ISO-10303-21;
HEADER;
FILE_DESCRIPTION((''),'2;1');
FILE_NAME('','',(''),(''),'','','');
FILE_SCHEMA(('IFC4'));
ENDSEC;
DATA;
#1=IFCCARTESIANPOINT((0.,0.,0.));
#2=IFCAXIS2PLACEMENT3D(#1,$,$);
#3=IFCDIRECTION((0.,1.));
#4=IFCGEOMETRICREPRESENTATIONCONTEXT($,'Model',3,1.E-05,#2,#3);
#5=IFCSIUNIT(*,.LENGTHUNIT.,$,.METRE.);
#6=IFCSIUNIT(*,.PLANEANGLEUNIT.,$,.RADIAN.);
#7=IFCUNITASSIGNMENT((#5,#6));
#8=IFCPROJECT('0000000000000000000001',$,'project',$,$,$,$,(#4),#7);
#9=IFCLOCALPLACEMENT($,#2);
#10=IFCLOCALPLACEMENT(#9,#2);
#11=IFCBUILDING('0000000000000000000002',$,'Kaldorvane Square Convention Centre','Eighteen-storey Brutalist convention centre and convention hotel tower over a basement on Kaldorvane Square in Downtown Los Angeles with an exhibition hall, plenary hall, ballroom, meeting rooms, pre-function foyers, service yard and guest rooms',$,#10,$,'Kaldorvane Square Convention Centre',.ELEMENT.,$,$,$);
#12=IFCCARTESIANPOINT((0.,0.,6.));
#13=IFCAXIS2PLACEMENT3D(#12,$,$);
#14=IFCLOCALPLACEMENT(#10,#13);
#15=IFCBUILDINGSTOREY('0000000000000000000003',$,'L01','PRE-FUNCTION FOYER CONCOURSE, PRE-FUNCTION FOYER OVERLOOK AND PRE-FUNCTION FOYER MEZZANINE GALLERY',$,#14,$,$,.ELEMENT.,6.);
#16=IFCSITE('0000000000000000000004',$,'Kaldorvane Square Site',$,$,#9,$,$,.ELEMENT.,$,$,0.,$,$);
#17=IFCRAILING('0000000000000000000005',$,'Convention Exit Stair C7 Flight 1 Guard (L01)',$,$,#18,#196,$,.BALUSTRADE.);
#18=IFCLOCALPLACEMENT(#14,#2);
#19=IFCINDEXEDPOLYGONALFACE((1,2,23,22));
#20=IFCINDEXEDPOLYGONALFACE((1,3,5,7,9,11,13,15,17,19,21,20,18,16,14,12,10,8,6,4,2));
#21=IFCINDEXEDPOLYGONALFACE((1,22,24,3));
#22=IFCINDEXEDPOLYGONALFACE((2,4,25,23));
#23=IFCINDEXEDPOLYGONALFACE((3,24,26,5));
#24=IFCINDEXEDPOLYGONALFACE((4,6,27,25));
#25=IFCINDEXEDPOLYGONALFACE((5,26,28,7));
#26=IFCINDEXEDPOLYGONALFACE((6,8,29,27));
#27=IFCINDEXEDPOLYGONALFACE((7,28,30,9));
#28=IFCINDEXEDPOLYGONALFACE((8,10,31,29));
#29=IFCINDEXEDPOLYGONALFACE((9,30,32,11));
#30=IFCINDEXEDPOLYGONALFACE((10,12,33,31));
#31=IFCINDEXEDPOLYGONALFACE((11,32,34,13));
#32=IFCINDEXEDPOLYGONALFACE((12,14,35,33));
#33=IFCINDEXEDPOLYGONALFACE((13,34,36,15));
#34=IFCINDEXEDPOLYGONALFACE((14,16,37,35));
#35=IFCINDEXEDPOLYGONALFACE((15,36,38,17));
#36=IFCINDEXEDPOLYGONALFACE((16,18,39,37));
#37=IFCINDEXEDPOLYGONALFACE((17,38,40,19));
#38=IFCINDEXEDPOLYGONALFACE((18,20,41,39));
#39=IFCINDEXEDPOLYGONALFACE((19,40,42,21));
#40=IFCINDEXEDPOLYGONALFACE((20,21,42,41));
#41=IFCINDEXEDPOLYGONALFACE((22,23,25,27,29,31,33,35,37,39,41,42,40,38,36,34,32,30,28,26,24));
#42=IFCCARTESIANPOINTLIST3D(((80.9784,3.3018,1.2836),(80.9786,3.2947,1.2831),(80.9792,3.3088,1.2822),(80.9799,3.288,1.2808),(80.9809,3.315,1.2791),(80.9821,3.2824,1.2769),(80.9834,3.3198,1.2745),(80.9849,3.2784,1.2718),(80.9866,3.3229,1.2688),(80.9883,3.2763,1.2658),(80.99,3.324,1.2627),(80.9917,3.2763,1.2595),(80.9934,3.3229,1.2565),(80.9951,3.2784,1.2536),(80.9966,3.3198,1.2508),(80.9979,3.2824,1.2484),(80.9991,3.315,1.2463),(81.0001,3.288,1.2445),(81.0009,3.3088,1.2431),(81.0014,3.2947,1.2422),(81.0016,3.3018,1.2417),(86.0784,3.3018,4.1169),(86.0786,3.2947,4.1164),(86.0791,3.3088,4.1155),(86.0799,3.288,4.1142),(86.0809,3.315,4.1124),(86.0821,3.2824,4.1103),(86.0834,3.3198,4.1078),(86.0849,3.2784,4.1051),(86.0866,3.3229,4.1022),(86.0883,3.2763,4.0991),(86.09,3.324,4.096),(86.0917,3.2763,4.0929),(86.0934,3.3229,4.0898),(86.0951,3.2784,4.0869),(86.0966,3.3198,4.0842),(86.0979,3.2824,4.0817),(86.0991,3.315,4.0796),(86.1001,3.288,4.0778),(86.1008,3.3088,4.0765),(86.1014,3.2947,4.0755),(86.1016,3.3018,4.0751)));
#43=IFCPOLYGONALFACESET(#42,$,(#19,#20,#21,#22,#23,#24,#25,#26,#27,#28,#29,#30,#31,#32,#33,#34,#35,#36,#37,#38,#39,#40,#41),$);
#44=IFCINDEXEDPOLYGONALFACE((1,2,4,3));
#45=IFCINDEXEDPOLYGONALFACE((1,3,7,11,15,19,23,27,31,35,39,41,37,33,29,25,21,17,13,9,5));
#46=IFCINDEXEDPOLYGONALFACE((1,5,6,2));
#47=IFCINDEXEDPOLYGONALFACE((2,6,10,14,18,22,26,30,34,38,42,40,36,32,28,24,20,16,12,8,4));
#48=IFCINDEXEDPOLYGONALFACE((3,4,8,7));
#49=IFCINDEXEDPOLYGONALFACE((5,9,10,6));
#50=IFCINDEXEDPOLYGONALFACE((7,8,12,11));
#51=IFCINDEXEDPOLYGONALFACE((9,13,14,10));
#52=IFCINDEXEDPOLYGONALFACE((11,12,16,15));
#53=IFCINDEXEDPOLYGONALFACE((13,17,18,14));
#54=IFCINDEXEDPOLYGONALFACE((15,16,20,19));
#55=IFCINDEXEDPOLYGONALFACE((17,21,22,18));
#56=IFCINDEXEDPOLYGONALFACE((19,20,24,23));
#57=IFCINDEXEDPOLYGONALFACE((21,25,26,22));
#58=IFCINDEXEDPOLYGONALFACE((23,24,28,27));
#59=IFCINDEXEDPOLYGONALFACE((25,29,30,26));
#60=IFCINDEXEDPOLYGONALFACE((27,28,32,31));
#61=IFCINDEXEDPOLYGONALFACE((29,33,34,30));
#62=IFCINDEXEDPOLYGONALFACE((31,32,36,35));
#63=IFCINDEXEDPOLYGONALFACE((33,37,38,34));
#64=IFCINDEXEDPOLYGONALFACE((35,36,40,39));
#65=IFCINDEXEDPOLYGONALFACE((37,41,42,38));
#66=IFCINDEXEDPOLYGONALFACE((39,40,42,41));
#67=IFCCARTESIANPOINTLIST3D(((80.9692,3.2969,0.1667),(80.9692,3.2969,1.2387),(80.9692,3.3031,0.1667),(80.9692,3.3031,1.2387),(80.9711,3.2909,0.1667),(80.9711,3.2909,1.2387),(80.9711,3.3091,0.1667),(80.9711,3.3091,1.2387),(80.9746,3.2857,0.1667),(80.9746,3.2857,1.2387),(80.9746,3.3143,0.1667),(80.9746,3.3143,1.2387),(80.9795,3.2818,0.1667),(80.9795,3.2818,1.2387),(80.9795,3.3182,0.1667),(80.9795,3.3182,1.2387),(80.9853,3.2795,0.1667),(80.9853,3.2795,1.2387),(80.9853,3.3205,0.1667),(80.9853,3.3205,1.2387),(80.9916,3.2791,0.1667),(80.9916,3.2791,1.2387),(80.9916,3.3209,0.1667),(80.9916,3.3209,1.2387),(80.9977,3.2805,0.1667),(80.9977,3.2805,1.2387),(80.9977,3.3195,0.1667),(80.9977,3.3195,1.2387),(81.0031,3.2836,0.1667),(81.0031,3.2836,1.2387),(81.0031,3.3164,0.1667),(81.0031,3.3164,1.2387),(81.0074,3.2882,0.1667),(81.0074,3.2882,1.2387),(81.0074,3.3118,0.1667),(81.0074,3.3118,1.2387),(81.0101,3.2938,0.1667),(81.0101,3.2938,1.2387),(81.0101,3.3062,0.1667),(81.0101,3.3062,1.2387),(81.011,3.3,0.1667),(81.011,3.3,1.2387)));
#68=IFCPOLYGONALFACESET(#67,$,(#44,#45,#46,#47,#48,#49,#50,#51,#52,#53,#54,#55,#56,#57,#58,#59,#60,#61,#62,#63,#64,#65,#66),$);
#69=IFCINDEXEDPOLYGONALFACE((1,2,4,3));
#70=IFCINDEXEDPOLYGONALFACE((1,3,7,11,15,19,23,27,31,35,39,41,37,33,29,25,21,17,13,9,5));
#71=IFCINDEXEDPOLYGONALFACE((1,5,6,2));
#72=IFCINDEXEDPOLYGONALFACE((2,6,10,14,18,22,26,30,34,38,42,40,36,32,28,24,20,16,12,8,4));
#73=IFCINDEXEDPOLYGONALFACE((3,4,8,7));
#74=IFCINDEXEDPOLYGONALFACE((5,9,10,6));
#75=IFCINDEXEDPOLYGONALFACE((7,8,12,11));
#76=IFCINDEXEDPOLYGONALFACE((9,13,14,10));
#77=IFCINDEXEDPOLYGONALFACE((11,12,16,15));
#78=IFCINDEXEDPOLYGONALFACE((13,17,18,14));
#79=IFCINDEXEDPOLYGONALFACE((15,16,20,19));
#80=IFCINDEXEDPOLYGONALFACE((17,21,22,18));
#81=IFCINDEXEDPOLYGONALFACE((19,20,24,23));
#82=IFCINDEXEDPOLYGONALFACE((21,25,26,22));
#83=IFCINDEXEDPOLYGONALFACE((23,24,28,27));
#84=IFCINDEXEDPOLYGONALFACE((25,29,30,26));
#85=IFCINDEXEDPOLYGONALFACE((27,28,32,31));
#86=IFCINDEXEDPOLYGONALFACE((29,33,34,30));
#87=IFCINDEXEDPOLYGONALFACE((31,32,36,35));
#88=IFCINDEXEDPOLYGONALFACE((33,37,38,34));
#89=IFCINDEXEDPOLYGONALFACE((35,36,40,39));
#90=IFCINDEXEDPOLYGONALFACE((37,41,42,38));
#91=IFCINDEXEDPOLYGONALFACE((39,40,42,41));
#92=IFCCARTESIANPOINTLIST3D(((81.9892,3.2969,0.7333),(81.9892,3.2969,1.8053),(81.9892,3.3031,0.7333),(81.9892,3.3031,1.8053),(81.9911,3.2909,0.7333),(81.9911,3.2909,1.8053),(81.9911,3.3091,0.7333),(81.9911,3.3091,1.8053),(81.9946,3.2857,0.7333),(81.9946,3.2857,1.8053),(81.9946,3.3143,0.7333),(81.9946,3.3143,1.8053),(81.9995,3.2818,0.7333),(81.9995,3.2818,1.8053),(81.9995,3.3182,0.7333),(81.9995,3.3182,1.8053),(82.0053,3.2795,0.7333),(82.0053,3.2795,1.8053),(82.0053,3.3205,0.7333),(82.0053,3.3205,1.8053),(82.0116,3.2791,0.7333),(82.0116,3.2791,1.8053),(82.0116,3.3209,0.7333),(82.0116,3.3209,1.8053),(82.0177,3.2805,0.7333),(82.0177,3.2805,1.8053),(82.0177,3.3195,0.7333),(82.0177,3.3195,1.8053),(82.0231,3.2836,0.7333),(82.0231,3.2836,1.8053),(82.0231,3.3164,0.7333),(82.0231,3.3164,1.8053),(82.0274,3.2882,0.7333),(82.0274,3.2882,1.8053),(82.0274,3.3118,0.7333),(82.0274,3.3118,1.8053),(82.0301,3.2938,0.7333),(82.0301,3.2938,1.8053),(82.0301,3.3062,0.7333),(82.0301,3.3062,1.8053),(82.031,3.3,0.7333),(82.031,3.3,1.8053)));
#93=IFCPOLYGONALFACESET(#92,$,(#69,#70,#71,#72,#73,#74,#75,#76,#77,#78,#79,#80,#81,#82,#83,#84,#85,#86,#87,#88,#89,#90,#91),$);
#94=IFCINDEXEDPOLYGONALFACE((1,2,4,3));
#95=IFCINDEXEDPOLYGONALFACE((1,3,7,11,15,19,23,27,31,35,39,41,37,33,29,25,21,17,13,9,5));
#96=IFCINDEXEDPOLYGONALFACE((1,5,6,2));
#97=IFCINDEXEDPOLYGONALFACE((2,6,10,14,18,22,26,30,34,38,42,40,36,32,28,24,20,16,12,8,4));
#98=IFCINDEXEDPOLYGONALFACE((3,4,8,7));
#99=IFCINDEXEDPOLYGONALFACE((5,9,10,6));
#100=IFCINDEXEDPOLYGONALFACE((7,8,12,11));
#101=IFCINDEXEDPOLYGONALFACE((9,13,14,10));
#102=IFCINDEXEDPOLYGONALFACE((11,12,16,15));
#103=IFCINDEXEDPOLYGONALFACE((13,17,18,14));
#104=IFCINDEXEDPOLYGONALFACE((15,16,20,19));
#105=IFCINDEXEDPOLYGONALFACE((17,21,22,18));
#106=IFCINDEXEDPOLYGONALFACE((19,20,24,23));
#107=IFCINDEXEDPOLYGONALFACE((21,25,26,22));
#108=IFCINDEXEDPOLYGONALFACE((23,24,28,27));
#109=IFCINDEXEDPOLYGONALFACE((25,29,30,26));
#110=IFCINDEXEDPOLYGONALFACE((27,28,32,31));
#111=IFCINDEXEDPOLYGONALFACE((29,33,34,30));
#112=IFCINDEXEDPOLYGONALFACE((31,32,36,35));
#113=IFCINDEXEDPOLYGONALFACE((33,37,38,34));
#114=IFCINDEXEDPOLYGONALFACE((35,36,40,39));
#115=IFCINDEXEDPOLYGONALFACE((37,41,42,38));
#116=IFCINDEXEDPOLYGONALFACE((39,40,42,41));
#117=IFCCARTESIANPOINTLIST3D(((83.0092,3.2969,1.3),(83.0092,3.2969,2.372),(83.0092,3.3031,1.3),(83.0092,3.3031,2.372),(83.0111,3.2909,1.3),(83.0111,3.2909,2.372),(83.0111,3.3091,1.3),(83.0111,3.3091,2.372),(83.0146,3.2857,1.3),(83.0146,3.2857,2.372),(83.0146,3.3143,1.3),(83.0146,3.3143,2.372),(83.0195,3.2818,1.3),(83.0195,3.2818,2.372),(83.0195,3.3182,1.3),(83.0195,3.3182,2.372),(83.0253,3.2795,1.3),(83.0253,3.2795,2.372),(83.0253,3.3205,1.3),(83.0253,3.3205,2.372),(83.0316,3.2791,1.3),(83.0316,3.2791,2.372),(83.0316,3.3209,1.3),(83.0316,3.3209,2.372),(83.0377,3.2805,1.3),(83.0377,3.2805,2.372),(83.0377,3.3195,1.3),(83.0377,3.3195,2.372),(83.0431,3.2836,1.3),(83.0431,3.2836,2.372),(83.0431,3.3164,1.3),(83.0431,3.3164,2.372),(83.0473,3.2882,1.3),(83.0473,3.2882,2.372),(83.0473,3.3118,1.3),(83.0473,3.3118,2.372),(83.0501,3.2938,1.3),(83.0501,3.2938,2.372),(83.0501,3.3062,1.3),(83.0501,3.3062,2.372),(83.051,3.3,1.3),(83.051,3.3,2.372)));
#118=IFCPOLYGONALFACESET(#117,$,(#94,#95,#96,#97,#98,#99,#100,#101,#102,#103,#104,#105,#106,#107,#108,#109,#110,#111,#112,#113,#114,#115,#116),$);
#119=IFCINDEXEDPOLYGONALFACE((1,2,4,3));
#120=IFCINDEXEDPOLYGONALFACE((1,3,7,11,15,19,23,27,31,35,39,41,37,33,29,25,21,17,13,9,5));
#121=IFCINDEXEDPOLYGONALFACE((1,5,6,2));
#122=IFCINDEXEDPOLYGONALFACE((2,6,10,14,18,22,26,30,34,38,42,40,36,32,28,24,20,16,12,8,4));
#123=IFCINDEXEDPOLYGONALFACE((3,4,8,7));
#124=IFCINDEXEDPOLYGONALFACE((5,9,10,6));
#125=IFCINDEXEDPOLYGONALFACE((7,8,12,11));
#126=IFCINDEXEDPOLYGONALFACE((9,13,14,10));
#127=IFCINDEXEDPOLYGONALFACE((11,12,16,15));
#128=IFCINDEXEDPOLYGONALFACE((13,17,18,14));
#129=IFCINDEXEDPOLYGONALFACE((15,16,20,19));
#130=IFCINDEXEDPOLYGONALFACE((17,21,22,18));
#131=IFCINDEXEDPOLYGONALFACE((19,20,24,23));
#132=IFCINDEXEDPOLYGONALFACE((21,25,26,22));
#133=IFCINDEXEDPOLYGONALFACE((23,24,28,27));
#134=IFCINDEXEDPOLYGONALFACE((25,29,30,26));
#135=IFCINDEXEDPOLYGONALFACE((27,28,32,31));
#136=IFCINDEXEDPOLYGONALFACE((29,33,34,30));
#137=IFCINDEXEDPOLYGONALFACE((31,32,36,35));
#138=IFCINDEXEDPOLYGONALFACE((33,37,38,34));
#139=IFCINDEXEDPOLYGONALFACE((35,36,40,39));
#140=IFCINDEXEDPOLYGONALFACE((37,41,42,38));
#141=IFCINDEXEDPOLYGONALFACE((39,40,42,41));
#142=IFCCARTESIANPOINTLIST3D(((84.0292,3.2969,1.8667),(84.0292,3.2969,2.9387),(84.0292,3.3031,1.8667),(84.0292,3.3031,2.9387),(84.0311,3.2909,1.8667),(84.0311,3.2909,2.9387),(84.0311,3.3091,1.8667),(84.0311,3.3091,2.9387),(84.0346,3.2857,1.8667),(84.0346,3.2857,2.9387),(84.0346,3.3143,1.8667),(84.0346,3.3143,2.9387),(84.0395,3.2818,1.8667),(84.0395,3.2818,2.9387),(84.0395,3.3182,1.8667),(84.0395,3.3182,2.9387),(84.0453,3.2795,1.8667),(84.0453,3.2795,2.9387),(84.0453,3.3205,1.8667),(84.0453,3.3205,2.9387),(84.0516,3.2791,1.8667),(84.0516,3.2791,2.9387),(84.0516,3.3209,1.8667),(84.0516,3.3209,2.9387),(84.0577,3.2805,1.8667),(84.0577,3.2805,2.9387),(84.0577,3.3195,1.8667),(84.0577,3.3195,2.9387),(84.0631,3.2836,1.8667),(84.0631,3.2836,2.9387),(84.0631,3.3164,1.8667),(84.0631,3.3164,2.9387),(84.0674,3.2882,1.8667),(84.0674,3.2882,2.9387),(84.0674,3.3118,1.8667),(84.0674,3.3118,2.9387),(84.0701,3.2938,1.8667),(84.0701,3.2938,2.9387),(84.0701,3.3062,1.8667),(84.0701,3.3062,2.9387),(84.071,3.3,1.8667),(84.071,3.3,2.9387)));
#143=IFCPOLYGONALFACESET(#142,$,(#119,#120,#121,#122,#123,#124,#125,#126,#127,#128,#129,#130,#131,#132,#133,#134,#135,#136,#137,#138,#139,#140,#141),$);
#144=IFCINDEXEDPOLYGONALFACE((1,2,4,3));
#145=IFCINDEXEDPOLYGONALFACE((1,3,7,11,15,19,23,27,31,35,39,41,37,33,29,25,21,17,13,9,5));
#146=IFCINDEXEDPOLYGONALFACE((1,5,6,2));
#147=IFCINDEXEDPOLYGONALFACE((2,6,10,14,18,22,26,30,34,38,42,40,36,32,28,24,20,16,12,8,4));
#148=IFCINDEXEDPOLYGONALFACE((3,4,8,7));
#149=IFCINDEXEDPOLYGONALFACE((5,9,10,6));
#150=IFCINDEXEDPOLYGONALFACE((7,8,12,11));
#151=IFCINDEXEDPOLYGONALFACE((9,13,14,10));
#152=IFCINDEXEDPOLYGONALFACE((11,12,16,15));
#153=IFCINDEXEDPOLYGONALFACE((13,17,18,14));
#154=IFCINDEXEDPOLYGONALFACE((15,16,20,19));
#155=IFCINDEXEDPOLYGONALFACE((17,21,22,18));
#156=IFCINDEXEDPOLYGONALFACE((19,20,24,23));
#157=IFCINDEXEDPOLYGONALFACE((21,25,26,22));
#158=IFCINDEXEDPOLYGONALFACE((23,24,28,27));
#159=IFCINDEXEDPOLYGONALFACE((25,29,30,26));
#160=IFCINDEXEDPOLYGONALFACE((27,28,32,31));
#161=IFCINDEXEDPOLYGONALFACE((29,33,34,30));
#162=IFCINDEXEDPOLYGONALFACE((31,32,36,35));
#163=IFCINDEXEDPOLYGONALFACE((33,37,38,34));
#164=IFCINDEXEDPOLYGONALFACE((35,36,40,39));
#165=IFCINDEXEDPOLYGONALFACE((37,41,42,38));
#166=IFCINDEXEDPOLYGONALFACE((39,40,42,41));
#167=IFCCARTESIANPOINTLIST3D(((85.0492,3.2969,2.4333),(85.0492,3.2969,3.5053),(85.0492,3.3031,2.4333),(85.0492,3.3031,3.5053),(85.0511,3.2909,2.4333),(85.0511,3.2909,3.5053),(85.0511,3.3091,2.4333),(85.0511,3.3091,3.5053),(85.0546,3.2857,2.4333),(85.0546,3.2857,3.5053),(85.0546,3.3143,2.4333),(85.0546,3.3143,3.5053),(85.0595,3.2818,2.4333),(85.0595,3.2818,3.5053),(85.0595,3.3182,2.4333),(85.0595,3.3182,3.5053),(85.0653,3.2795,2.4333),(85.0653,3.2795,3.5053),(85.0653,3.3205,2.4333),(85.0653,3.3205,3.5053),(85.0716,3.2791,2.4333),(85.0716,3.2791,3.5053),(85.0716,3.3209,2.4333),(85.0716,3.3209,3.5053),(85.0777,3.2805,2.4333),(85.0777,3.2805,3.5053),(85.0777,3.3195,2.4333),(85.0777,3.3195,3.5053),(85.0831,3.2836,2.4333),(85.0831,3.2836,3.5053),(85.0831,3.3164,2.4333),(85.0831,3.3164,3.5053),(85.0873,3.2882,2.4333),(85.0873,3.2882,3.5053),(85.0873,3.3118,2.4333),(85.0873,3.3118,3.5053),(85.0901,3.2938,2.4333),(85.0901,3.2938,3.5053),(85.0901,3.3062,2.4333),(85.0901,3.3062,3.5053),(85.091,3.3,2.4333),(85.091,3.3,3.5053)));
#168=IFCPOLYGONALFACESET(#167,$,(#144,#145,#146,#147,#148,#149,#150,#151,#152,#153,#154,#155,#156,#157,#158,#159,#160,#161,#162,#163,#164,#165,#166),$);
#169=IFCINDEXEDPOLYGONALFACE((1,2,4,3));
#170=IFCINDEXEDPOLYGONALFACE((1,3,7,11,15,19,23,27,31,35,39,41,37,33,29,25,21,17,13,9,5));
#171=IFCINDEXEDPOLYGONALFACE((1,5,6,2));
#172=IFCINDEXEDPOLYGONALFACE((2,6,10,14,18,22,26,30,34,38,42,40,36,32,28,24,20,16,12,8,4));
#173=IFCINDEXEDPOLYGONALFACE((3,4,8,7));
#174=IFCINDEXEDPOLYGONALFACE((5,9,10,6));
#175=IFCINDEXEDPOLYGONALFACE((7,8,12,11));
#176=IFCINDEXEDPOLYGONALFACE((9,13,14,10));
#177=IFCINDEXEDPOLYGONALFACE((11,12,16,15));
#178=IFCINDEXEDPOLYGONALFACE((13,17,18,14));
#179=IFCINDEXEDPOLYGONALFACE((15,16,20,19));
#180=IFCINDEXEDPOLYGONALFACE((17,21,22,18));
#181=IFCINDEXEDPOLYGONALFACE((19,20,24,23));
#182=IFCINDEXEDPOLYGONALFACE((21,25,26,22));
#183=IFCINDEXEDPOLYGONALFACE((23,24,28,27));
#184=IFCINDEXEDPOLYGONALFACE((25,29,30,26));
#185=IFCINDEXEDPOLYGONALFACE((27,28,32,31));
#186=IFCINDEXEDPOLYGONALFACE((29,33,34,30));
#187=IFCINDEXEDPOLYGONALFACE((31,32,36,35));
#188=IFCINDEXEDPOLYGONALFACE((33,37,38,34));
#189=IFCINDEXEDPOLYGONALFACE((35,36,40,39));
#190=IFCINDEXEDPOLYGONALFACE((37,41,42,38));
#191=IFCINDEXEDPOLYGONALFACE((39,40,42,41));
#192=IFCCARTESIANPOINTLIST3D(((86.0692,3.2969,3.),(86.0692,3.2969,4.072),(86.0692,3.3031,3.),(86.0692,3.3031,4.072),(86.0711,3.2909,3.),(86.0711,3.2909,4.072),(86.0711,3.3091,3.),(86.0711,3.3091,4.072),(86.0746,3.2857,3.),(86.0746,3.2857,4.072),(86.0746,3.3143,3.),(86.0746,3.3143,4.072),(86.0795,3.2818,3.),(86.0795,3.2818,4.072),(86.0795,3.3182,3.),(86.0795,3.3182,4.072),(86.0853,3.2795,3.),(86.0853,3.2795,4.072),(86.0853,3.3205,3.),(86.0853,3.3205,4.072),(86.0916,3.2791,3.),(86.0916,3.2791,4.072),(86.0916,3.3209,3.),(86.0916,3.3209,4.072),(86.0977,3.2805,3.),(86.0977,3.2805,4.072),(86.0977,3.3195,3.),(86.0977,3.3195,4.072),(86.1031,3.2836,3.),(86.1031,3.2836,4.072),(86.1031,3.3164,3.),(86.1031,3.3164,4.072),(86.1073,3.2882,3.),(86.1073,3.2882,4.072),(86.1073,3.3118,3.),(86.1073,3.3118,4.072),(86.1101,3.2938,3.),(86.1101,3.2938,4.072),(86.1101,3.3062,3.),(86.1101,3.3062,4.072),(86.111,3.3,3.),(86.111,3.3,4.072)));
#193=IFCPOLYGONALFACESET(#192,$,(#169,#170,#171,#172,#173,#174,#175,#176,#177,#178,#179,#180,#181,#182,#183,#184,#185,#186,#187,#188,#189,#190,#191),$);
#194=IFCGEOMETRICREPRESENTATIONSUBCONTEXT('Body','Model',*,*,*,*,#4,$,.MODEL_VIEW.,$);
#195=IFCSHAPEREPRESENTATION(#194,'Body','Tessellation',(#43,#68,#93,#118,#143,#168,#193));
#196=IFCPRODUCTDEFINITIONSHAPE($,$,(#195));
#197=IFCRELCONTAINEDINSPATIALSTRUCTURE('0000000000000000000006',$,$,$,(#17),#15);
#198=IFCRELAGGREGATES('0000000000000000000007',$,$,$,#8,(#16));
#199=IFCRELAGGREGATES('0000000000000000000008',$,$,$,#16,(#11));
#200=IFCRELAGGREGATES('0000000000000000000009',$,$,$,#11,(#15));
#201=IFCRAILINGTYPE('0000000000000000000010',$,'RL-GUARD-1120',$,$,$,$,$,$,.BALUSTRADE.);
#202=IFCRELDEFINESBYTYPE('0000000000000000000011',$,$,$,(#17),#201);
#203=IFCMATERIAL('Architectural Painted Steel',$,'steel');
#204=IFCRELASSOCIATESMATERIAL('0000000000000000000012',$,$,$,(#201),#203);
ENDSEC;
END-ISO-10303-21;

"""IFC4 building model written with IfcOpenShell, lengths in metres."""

from ifc_helpers import new_model, si_unit, direction, frame, origin, origin_2d, place, context, subcontext, project, spatial, circle, extrude, material, type_object, element, save


model = new_model("IFC4")

# Units and contexts
model_context = context("Model", 3, precision=1e-05, world=origin(), true_north=direction((0.0, 1.0)))
body_context = subcontext(model_context, "Body", "Model", "MODEL_VIEW")
ifc_project = project(units=[si_unit("LENGTHUNIT", "METRE"), si_unit("PLANEANGLEUNIT", "RADIAN")], contexts=[model_context])

# Site, building, storey
site_placement = place(None, origin())
site = spatial("IfcSite", under=ifc_project, at=site_placement, Name="Kaldorvane Square Site", CompositionType="ELEMENT", RefElevation=0.0)
building_placement = place(site_placement, origin())
building = spatial("IfcBuilding", under=site, at=building_placement, Name="Kaldorvane Square Convention Centre", Description="Eighteen-storey Brutalist convention centre and convention hotel tower over a basement on Kaldorvane Square in Downtown Los Angeles with an exhibition hall, plenary hall, ballroom, meeting rooms, pre-function foyers, service yard and guest rooms", LongName="Kaldorvane Square Convention Centre", CompositionType="ELEMENT")
storey_placement = place(building_placement, frame((0.0, 0.0, 6.0)))
storey = spatial("IfcBuildingStorey", under=building, at=storey_placement, Name="L01", Description="PRE-FUNCTION FOYER CONCOURSE, PRE-FUNCTION FOYER OVERLOOK AND PRE-FUNCTION FOYER MEZZANINE GALLERY", CompositionType="ELEMENT", Elevation=6.0)

# Railing
ifc_material_1 = material(Name="Architectural Painted Steel", Category="steel")
railing_type_1 = type_object("IfcRailingType", Name="RL-GUARD-1120", PredefinedType="BALUSTRADE", material=ifc_material_1)
railing_1_placement = place(storey_placement, frame((80.99, 3.3, 0.1667)))
element("IfcRailing", 1, at=railing_1_placement, inside=storey, type_object=railing_type_1, Name="Convention Exit Stair C7 Flight 1 Guard (L01)", PredefinedType="BALUSTRADE", context=body_context, shape_type="SweptSolid", body=[
    extrude(circle(Radius=0.024, at=origin_2d()), frame((0.0, 0.0, 1.096), z_axis=(0.874157, 0.0, 0.485643), x_axis=(0.0, 1.0, 0.0)), (0.0, 0.0, 1.0), 5.8342),
    extrude(circle(Radius=0.021, at=origin_2d()), origin(), (0.0, 0.0, 1.0), 1.072),
    extrude(circle(Radius=0.021, at=origin_2d()), frame((1.02, 0.0, 0.5667)), (0.0, 0.0, 1.0), 1.072),
    extrude(circle(Radius=0.021, at=origin_2d()), frame((2.04, 0.0, 1.1333)), (0.0, 0.0, 1.0), 1.072),
    extrude(circle(Radius=0.021, at=origin_2d()), frame((3.06, 0.0, 1.7)), (0.0, 0.0, 1.0), 1.072),
    extrude(circle(Radius=0.021, at=origin_2d()), frame((4.08, 0.0, 2.2667)), (0.0, 0.0, 1.0), 1.072),
    extrude(circle(Radius=0.021, at=origin_2d()), frame((5.1, 0.0, 2.8333)), (0.0, 0.0, 1.0), 1.072),
])

save(model, "model.ifc")
